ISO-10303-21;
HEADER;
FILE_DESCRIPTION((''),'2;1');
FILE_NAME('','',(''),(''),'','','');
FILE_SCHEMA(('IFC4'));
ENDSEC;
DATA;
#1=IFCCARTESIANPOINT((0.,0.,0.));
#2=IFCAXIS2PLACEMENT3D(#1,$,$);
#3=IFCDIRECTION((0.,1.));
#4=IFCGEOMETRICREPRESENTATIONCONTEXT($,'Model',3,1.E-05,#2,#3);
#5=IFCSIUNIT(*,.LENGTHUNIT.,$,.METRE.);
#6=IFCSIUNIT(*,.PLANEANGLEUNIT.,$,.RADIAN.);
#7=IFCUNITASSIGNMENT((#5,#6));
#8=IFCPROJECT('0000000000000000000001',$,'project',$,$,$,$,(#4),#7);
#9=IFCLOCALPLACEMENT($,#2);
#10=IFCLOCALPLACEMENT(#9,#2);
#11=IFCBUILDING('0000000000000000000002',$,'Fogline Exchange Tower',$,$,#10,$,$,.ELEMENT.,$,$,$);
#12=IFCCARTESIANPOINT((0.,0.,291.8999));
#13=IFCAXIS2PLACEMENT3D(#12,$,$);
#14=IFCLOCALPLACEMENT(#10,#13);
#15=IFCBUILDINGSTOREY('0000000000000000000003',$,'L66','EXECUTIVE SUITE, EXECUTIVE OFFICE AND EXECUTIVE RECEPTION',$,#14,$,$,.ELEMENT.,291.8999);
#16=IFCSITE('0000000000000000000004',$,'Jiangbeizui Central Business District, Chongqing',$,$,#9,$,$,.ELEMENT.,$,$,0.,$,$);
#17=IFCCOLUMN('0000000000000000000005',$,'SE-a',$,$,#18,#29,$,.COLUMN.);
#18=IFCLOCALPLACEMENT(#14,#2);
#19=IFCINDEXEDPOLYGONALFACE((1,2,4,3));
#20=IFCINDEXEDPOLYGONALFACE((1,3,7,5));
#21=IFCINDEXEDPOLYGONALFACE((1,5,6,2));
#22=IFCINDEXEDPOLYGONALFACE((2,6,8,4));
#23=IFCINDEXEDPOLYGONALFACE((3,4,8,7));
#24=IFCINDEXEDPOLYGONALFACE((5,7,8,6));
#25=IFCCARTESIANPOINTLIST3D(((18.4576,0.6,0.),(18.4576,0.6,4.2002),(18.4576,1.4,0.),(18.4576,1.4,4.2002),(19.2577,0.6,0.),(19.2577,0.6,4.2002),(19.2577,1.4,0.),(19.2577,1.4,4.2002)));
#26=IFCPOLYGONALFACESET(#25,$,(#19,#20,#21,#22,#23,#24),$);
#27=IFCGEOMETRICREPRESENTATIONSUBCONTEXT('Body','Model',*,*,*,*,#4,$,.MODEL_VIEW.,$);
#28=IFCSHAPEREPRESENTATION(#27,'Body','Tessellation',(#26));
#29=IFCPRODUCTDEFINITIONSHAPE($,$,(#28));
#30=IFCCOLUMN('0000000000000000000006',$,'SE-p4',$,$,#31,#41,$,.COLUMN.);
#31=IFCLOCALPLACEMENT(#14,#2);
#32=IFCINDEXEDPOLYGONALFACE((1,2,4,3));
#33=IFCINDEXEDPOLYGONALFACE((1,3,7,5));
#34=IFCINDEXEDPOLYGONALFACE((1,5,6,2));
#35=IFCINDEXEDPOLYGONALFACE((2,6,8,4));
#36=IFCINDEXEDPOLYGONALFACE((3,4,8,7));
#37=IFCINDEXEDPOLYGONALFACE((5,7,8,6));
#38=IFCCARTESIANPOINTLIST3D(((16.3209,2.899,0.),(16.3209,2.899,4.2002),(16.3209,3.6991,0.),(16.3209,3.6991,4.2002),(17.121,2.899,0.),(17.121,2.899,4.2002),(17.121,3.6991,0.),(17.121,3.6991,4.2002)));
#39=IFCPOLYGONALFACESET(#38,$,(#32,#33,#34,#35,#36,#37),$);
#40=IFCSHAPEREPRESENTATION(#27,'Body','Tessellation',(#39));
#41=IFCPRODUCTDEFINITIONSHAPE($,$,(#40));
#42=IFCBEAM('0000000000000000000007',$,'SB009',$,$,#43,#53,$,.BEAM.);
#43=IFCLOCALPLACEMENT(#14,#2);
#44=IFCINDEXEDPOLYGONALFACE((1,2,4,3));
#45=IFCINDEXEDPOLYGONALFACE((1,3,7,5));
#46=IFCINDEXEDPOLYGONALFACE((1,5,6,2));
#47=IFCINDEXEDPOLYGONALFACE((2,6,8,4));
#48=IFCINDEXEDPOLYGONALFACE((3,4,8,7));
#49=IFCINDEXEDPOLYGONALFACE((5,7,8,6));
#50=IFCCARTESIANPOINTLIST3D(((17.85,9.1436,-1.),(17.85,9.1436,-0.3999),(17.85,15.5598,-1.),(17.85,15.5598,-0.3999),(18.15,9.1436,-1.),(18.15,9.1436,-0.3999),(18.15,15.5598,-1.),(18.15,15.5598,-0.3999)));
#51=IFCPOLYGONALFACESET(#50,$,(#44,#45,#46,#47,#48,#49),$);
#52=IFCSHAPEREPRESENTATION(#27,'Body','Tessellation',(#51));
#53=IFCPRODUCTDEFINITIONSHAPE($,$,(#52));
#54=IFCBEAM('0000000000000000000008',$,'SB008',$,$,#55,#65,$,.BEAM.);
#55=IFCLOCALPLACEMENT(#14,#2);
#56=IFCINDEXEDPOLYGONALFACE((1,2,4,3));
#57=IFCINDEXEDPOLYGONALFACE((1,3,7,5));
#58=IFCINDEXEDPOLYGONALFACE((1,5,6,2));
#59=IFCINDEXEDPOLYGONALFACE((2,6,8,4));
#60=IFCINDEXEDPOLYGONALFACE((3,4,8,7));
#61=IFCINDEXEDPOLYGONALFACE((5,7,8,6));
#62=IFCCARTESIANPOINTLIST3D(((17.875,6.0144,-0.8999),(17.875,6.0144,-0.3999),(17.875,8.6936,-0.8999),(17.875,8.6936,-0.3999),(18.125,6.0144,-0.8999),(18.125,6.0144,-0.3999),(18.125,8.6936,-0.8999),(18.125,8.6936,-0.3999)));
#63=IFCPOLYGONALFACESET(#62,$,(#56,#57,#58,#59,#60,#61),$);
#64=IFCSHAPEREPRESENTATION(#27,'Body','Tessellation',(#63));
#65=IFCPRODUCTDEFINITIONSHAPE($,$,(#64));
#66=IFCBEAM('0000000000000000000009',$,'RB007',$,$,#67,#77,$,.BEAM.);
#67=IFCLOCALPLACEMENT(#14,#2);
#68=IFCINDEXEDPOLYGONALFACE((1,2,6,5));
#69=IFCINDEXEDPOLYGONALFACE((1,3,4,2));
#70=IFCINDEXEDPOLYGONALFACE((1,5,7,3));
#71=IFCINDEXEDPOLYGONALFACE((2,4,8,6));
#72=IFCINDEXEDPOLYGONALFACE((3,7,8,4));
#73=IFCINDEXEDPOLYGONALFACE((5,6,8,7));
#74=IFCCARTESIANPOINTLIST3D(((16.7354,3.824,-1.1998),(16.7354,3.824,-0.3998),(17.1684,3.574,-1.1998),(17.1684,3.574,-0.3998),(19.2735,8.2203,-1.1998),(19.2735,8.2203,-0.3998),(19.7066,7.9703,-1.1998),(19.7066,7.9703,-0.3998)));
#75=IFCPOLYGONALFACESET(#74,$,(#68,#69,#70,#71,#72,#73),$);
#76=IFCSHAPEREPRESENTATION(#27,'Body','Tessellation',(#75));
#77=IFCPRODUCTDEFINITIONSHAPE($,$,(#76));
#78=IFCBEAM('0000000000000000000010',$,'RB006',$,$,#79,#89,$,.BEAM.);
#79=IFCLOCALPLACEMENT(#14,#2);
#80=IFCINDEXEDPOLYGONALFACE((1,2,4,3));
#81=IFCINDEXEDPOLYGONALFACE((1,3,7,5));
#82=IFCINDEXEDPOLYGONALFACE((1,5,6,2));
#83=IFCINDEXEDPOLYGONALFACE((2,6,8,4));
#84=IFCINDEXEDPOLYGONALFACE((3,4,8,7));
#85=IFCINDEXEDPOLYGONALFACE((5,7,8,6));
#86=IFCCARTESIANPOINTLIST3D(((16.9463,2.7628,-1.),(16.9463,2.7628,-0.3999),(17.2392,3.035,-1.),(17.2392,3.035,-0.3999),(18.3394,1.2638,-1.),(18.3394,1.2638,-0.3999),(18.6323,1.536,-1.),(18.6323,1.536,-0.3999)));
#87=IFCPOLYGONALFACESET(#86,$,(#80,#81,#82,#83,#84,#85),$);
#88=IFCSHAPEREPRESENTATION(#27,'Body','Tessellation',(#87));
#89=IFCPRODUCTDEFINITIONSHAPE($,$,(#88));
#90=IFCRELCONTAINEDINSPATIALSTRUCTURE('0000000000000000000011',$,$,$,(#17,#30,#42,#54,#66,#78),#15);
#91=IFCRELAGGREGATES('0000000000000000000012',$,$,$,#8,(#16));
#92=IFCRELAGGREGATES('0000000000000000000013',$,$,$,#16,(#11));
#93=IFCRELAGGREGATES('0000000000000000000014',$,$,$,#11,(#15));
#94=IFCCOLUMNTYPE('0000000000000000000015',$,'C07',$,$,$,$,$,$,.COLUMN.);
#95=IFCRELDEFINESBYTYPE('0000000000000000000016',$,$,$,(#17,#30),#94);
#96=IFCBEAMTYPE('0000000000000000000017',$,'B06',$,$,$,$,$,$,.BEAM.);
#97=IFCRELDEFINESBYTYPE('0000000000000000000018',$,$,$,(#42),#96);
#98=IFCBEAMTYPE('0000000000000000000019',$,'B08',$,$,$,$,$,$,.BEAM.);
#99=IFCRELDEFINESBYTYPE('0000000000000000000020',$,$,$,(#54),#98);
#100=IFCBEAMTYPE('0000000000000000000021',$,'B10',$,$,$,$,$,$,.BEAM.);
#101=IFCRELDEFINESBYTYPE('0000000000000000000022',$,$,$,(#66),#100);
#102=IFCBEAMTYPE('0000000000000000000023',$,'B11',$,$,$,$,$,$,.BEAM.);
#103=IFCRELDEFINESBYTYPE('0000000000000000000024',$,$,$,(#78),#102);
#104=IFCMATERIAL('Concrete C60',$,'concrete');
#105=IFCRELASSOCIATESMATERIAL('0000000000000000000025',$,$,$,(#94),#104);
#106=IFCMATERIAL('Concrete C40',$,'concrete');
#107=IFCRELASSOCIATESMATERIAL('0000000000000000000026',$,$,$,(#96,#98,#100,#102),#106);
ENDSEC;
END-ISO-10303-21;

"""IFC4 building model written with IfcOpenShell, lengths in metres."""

from ifc_helpers import new_model, si_unit, direction, frame, origin, origin_2d, place, context, subcontext, project, spatial, rectangle, extrude, material, material_profile, profile_set, type_object, element, save


model = new_model("IFC4")

# Units and contexts
model_context = context("Model", 3, precision=1e-05, world=origin(), true_north=direction((0.0, 1.0)))
body_context = subcontext(model_context, "Body", "Model", "MODEL_VIEW")
ifc_project = project(units=[si_unit("LENGTHUNIT", "METRE"), si_unit("PLANEANGLEUNIT", "RADIAN")], contexts=[model_context])

# Site, building, storey
site_placement = place(None, origin())
site = spatial("IfcSite", under=ifc_project, at=site_placement, Name="Jiangbeizui Central Business District, Chongqing", CompositionType="ELEMENT", RefElevation=0.0)
building_placement = place(site_placement, origin())
building = spatial("IfcBuilding", under=site, at=building_placement, Name="Fogline Exchange Tower", CompositionType="ELEMENT")
storey_placement = place(building_placement, frame((0.0, 0.0, 291.8999)))
storey = spatial("IfcBuildingStorey", under=building, at=storey_placement, Name="L66", Description="EXECUTIVE SUITE, EXECUTIVE OFFICE AND EXECUTIVE RECEPTION", CompositionType="ELEMENT", Elevation=291.8999)

# Columns
ifc_material_1 = material(Name="Concrete C60", Category="concrete")
ifc_material_profile_1 = material_profile(ifc_material_1, rectangle(XDim=0.8, YDim=0.8, at=origin_2d()), Name="RC 800x800")
ifc_profile_set_1 = profile_set([ifc_material_profile_1], Name="Concrete C60")
column_type = type_object("IfcColumnType", Name="C07", PredefinedType="COLUMN", material=ifc_profile_set_1)
for number, where, z_axis, x_axis, name in (
    (1, (18.8577, 1.0, 0.0), (0.0, 0.0, 1.0), (1.0, 0.0, 0.0), "SE-a"),
    (2, (16.7209, 3.2991, 0.0), (0.0, 0.0, 1.0), (1.0, 0.0, 0.0), "SE-p4"),
):
    element("IfcColumn", number, at=place(storey_placement, frame(where, z_axis=z_axis, x_axis=x_axis)), inside=storey, type_object=column_type, Name=name, PredefinedType="COLUMN", context=body_context, shape_type="SweptSolid", body=[
        extrude(rectangle(XDim=0.8, YDim=0.8, at=origin_2d()), origin(), (0.0, 0.0, 1.0), 4.2002),
    ])

# Beams
ifc_material_2 = material(Name="Concrete C40", Category="concrete")
ifc_material_profile_2 = material_profile(ifc_material_2, rectangle(XDim=0.3, YDim=0.6001, at=origin_2d()), Name="RC 300x600")
ifc_profile_set_2 = profile_set([ifc_material_profile_2], Name="Concrete C40")
beam_type_1 = type_object("IfcBeamType", Name="B06", PredefinedType="BEAM", material=ifc_profile_set_2)
beam_1_placement = place(storey_placement, frame((18.0, 9.1436, -0.7), z_axis=(0.0, 1.0, 0.0), x_axis=(-1.0, 0.0, 0.0)))
element("IfcBeam", 3, at=beam_1_placement, inside=storey, type_object=beam_type_1, Name="SB009", PredefinedType="BEAM", context=body_context, shape_type="SweptSolid", body=[
    extrude(rectangle(XDim=0.3, YDim=0.6001, at=origin_2d()), origin(), (0.0, 0.0, 1.0), 6.4163),
])
ifc_material_profile_3 = material_profile(ifc_material_2, rectangle(XDim=0.25, YDim=0.5, at=origin_2d()), Name="RC 250x500")
ifc_profile_set_3 = profile_set([ifc_material_profile_3], Name="Concrete C40")
beam_type_2 = type_object("IfcBeamType", Name="B08", PredefinedType="BEAM", material=ifc_profile_set_3)
beam_2_placement = place(storey_placement, frame((18.0, 6.0144, -0.6499), z_axis=(0.0, 1.0, 0.0), x_axis=(-1.0, 0.0, 0.0)))
element("IfcBeam", 4, at=beam_2_placement, inside=storey, type_object=beam_type_2, Name="SB008", PredefinedType="BEAM", context=body_context, shape_type="SweptSolid", body=[
    extrude(rectangle(XDim=0.25, YDim=0.5, at=origin_2d()), origin(), (0.0, 0.0, 1.0), 2.6792),
])
ifc_material_profile_4 = material_profile(ifc_material_2, rectangle(XDim=0.5, YDim=0.8, at=origin_2d()), Name="RC 500x800")
ifc_profile_set_4 = profile_set([ifc_material_profile_4], Name="Concrete C40")
beam_type_3 = type_object("IfcBeamType", Name="B10", PredefinedType="BEAM", material=ifc_profile_set_4)
beam_3_placement = place(storey_placement, frame((16.9519, 3.699, -0.7998), z_axis=(0.499988, 0.866033, 0.0), x_axis=(-0.866033, 0.499988, 0.0)))
element("IfcBeam", 5, at=beam_3_placement, inside=storey, type_object=beam_type_3, Name="RB007", PredefinedType="BEAM", context=body_context, shape_type="SweptSolid", body=[
    extrude(rectangle(XDim=0.5, YDim=0.8, at=origin_2d()), origin(), (0.0, 0.0, 1.0), 5.0764),
])
ifc_material_profile_5 = material_profile(ifc_material_2, rectangle(XDim=0.3999, YDim=0.6001, at=origin_2d()), Name="RC 400x600")
ifc_profile_set_5 = profile_set([ifc_material_profile_5], Name="Concrete C40")
beam_type_4 = type_object("IfcBeamType", Name="B11", PredefinedType="BEAM", material=ifc_profile_set_5)
beam_4_placement = place(storey_placement, frame((18.4858, 1.3999, -0.7), z_axis=(-0.680744, 0.732521, 0.0), x_axis=(-0.732521, -0.680744, 0.0)))
element("IfcBeam", 6, at=beam_4_placement, inside=storey, type_object=beam_type_4, Name="RB006", PredefinedType="BEAM", context=body_context, shape_type="SweptSolid", body=[
    extrude(rectangle(XDim=0.3999, YDim=0.6001, at=origin_2d()), origin(), (0.0, 0.0, 1.0), 2.0464),
])

save(model, "model.ifc")
